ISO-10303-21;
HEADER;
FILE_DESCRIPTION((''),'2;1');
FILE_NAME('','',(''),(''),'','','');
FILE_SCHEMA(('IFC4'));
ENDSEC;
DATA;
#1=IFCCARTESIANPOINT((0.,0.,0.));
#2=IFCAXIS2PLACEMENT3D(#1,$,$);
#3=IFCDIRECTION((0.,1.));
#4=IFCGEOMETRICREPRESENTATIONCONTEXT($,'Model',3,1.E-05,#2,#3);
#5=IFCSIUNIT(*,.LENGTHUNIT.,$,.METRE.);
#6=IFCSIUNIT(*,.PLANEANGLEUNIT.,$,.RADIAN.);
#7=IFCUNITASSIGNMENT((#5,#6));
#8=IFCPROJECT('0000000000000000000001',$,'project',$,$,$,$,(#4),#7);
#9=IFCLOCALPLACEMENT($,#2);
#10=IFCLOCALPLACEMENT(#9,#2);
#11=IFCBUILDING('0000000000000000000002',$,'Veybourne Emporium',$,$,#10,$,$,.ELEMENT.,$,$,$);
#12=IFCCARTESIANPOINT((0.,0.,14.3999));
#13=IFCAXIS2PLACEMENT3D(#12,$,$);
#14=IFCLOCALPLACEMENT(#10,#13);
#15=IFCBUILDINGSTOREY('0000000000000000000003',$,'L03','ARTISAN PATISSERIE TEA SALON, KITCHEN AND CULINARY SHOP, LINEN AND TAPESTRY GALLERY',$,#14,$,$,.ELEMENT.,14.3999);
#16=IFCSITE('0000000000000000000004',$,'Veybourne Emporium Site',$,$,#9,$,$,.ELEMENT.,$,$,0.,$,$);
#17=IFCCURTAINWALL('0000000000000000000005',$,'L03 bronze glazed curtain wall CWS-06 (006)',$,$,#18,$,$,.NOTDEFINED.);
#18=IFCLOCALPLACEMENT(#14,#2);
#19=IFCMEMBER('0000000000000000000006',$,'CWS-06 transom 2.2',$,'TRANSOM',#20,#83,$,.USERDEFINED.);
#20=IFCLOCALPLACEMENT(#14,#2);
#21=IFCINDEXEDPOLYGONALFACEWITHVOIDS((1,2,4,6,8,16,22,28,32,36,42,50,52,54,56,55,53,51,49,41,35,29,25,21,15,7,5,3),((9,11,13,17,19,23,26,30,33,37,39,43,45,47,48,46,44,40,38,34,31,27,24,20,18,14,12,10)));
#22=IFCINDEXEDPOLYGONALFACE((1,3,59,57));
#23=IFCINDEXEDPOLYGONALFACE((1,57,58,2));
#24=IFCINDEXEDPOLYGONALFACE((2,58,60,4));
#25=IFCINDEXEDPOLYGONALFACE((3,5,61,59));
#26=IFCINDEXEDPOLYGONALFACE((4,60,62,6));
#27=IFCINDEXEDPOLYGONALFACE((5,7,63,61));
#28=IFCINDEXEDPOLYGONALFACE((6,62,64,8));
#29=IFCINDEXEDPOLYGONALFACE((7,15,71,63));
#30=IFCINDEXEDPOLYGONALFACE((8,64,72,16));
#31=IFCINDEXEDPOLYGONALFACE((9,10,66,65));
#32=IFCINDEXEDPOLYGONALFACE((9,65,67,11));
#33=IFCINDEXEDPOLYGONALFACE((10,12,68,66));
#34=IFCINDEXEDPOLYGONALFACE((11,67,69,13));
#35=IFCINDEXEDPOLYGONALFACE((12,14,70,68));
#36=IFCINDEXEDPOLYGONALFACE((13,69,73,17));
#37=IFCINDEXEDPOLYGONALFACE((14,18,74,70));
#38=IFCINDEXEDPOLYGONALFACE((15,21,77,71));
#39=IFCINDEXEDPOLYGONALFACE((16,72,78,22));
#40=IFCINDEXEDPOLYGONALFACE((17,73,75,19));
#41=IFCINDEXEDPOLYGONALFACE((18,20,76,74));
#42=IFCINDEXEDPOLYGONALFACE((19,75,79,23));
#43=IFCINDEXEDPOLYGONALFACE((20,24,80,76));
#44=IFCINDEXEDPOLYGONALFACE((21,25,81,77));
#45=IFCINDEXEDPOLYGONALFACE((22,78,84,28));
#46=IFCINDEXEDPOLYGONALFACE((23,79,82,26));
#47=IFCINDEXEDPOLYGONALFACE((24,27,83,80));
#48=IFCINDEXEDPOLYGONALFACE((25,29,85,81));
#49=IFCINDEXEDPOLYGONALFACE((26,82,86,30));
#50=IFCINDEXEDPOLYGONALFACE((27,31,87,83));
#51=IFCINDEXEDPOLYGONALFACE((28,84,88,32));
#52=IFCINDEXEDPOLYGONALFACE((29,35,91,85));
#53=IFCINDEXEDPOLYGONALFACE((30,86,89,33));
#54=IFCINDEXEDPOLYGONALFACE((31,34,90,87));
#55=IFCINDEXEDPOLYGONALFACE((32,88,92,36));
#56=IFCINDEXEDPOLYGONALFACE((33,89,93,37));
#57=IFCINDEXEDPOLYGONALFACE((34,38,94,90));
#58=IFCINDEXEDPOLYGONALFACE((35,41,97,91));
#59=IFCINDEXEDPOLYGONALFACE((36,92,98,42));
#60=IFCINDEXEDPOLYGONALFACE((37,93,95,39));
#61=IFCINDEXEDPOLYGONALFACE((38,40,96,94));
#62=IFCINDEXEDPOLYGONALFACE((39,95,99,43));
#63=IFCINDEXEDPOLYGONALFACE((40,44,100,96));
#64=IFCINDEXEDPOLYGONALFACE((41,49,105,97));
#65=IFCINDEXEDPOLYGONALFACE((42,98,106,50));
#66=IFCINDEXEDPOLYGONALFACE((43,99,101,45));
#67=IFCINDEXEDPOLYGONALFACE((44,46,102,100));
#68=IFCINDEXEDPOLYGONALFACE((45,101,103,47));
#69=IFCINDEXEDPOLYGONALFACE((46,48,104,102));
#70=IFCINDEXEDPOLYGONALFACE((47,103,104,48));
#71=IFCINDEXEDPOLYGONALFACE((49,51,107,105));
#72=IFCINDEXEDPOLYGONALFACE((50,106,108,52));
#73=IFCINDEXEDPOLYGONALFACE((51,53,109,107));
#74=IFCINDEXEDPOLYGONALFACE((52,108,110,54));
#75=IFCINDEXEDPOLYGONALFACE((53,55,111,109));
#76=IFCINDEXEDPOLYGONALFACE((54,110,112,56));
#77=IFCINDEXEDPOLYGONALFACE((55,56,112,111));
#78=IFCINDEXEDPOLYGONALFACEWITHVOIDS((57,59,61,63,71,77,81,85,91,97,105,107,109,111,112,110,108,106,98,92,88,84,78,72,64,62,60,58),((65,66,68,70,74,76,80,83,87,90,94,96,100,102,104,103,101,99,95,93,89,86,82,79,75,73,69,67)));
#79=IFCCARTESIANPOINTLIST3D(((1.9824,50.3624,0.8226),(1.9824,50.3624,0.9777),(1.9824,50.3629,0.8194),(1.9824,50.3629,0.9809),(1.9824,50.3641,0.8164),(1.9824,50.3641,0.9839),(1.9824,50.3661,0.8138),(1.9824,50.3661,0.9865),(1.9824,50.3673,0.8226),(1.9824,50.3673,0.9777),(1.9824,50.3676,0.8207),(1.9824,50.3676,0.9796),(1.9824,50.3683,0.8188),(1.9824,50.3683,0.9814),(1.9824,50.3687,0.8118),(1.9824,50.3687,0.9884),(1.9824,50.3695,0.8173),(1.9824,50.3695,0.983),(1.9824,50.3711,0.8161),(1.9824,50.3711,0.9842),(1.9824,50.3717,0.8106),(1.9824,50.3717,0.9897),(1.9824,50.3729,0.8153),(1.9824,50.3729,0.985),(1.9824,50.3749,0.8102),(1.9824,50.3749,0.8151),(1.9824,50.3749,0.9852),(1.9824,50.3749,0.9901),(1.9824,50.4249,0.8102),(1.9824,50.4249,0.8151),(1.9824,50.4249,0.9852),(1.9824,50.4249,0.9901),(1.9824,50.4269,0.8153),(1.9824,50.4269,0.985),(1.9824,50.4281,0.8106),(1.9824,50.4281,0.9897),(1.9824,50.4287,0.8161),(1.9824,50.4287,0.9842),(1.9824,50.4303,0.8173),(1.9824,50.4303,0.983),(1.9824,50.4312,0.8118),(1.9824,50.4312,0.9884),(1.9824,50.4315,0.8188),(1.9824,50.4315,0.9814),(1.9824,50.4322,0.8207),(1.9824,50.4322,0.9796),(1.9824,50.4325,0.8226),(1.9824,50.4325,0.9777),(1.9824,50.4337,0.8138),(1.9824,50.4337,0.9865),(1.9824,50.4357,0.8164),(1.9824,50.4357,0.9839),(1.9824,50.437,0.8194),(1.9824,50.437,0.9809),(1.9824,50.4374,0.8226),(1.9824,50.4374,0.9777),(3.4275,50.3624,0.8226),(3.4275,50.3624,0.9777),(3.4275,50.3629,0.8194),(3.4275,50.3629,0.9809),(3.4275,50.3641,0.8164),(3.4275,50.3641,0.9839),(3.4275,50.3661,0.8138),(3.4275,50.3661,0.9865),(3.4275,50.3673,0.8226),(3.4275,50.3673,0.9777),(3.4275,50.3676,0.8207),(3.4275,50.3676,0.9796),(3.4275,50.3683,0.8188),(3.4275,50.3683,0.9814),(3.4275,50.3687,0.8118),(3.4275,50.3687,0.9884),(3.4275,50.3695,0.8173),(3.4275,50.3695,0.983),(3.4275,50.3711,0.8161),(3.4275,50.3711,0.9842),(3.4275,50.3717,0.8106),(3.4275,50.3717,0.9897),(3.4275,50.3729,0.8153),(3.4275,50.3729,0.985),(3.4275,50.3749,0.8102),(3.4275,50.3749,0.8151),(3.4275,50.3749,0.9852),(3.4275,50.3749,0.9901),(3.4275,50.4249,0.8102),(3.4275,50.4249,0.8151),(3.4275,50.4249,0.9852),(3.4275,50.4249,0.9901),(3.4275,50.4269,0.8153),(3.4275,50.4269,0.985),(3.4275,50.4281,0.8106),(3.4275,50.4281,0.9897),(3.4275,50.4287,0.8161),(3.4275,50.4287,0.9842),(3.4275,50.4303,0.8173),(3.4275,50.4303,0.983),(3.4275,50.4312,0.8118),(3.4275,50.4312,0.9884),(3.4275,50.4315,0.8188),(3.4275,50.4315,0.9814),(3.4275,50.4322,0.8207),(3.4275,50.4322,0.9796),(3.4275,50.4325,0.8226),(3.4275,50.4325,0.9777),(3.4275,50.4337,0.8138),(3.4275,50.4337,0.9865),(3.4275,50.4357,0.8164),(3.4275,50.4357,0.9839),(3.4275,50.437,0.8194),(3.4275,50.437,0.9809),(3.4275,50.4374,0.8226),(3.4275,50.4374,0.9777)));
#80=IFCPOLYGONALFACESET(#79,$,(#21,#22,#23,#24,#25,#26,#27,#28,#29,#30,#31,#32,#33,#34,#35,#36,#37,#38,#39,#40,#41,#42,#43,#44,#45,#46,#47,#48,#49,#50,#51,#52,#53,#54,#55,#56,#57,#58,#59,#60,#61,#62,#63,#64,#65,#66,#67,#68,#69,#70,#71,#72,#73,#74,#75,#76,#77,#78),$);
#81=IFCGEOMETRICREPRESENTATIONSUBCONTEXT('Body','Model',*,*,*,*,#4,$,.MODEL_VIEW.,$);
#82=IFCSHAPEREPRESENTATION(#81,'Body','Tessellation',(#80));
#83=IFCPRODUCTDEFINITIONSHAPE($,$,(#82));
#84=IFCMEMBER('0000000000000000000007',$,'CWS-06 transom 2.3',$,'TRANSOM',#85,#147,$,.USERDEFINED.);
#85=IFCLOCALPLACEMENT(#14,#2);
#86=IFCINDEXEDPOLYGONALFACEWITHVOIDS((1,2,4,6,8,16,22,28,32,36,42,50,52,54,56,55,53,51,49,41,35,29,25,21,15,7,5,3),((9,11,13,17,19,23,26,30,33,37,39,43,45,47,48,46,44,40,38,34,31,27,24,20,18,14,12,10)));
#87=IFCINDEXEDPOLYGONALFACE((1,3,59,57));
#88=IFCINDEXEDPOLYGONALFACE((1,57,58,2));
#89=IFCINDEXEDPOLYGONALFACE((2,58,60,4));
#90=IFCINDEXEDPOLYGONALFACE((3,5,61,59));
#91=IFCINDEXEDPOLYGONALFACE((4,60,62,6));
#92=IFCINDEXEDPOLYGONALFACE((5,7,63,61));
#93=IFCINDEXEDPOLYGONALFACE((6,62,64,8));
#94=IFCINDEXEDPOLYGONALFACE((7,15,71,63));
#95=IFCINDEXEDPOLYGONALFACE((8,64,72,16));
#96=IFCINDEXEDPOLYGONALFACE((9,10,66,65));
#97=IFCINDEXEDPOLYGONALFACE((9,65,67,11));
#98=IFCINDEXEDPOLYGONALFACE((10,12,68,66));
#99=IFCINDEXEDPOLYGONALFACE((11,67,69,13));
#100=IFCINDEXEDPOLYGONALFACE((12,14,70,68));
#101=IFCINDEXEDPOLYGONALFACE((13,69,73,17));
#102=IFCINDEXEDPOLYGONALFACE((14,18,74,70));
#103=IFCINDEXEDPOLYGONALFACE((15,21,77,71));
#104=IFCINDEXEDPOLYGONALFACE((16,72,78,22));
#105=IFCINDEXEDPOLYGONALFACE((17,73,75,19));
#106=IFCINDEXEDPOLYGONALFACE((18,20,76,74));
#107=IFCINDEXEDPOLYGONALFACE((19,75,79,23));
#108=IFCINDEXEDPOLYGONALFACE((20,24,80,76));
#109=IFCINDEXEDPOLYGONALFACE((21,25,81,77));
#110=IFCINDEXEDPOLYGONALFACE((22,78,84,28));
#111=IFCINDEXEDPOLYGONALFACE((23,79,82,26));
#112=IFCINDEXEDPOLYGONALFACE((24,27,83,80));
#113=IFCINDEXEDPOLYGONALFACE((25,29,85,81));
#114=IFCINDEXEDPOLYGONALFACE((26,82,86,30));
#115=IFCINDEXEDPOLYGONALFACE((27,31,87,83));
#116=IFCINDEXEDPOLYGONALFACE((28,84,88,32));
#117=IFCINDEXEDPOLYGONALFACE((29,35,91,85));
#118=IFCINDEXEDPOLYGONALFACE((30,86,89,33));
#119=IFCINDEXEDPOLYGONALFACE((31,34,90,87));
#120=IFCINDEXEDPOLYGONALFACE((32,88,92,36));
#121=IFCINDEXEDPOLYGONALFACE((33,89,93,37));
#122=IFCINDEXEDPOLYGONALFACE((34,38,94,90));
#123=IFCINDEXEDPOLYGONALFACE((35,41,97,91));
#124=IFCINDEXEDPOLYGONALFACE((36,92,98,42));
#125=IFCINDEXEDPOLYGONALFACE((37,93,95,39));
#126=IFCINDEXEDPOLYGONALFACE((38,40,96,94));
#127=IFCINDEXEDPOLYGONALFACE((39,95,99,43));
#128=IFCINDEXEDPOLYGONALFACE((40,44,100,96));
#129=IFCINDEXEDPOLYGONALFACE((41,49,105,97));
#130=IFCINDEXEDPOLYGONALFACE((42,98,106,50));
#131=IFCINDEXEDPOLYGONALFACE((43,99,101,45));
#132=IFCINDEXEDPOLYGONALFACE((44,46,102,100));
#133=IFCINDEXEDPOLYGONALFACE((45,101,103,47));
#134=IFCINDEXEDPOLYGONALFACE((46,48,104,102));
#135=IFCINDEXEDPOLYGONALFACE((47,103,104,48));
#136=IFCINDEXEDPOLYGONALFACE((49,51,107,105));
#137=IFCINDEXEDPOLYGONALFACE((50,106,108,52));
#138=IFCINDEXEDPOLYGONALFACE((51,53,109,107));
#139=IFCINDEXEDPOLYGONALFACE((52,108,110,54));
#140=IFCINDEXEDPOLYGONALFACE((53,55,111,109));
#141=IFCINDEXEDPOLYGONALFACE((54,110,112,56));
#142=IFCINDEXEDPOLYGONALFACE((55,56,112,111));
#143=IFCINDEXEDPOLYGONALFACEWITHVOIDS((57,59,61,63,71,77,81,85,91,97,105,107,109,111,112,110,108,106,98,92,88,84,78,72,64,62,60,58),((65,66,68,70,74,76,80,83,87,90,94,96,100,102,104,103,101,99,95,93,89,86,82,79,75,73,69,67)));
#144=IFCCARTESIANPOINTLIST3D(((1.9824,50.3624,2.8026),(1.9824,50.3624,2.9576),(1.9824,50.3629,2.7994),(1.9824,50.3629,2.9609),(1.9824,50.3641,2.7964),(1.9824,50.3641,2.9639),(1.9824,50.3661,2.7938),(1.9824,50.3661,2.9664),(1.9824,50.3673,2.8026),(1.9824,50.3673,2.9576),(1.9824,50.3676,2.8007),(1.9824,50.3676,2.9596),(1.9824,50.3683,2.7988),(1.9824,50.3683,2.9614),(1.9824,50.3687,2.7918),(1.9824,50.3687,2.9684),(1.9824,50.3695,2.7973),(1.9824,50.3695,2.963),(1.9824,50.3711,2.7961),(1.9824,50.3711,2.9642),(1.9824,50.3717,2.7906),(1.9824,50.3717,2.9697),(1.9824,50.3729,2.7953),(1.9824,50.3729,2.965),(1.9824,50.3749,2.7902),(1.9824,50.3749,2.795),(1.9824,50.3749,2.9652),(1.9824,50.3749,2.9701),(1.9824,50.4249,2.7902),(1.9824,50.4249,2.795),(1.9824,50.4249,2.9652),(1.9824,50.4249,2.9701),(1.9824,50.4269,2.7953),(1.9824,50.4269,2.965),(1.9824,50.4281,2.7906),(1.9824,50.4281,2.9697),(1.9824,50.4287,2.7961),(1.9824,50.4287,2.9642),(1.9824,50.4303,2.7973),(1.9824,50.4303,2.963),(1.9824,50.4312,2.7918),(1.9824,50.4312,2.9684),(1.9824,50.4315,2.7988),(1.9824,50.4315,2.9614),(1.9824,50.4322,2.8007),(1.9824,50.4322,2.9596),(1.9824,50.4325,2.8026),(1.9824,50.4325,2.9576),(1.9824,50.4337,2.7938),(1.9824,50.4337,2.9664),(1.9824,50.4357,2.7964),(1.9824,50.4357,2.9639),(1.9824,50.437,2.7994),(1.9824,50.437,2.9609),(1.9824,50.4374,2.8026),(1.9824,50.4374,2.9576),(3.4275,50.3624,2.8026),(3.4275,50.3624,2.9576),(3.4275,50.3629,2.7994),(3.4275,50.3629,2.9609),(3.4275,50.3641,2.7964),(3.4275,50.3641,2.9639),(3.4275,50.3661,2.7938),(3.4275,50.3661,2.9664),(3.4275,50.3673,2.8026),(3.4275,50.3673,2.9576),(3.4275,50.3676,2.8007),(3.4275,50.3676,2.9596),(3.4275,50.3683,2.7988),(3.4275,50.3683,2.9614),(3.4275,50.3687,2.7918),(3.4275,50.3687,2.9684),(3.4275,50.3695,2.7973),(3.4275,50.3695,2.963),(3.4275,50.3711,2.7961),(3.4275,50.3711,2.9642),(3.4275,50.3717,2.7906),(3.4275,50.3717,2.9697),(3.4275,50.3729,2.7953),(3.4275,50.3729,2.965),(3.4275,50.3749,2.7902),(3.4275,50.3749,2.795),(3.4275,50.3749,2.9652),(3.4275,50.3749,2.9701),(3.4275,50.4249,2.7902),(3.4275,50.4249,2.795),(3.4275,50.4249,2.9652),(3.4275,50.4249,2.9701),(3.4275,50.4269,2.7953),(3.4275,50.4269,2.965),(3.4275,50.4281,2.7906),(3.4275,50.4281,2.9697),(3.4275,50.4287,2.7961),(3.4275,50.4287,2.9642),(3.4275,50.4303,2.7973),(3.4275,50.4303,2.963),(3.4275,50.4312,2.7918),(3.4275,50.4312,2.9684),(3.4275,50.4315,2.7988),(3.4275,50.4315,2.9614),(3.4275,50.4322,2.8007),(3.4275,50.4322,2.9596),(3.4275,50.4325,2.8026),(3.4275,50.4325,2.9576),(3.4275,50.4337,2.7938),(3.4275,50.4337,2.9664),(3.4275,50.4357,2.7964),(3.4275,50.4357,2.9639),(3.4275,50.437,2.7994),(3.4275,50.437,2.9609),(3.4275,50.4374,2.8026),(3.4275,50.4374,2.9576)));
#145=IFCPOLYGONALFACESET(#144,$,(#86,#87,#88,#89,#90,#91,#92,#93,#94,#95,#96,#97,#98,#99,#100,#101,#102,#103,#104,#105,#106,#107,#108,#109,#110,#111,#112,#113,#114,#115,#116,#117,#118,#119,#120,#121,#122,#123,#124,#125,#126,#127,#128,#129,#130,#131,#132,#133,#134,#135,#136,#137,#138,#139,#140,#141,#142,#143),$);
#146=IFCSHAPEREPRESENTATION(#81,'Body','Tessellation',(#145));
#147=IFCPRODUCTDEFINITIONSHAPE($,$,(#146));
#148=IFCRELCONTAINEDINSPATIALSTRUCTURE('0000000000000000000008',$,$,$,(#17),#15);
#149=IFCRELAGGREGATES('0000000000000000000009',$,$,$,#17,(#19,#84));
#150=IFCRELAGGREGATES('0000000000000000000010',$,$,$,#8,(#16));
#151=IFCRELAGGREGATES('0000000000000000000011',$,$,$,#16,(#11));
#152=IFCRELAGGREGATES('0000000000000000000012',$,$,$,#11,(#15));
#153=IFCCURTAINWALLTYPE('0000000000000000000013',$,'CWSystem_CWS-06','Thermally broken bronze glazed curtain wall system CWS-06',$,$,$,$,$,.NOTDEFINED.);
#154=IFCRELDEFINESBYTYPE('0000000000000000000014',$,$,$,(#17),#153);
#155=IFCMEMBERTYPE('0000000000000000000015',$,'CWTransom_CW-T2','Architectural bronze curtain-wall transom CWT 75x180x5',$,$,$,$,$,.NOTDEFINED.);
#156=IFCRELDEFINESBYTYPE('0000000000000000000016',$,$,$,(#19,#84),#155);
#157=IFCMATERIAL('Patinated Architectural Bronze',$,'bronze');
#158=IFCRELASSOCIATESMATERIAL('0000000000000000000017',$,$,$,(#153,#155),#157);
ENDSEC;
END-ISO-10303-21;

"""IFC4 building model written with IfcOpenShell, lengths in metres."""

from ifc_helpers import new_model, si_unit, direction, frame, origin, origin_2d, place, context, subcontext, project, spatial, hollow_rectangle, extrude, material, material_profile, profile_set, type_object, element, aggregate, save


model = new_model("IFC4")

# Units and contexts
model_context = context("Model", 3, precision=1e-05, world=origin(), true_north=direction((0.0, 1.0)))
body_context = subcontext(model_context, "Body", "Model", "MODEL_VIEW")
ifc_project = project(units=[si_unit("LENGTHUNIT", "METRE"), si_unit("PLANEANGLEUNIT", "RADIAN")], contexts=[model_context])

# Site, building, storey
site_placement = place(None, origin())
site = spatial("IfcSite", under=ifc_project, at=site_placement, Name="Veybourne Emporium Site", CompositionType="ELEMENT", RefElevation=0.0)
building_placement = place(site_placement, origin())
building = spatial("IfcBuilding", under=site, at=building_placement, Name="Veybourne Emporium", CompositionType="ELEMENT")
storey_placement = place(building_placement, frame((0.0, 0.0, 14.3999)))
storey = spatial("IfcBuildingStorey", under=building, at=storey_placement, Name="L03", Description="ARTISAN PATISSERIE TEA SALON, KITCHEN AND CULINARY SHOP, LINEN AND TAPESTRY GALLERY", CompositionType="ELEMENT", Elevation=14.3999)

# Curtain wall, members
ifc_material_1 = material(Name="Patinated Architectural Bronze", Category="bronze")
curtain_wall_type = type_object("IfcCurtainWallType", Name="CWSystem_CWS-06", Description="Thermally broken bronze glazed curtain wall system CWS-06", PredefinedType="NOTDEFINED", material=ifc_material_1)
curtain_wall_placement = place(storey_placement, origin())
curtain_wall = element("IfcCurtainWall", 1, at=curtain_wall_placement, inside=storey, type_object=curtain_wall_type, Name="L03 bronze glazed curtain wall CWS-06 (006)", PredefinedType="NOTDEFINED")
ifc_material_profile_1 = material_profile(ifc_material_1, hollow_rectangle(XDim=0.075, YDim=0.1799, WallThickness=0.0049, InnerFilletRadius=0.0076, OuterFilletRadius=0.0125, at=origin_2d()), Name="CWT 75x180x5")
ifc_profile_set_1 = profile_set([ifc_material_profile_1], Name="Patinated Architectural Bronze")
member_type_1 = type_object("IfcMemberType", Name="CWTransom_CW-T2", Description="Architectural bronze curtain-wall transom CWT 75x180x5", PredefinedType="NOTDEFINED", material=ifc_profile_set_1)
member_1_placement = place(storey_placement, frame((1.9824, 50.3999, 0.9001), z_axis=(1.0, 0.0, 0.0), x_axis=(0.0, 1.0, 0.0)))
member_1 = element("IfcMember", 2, at=member_1_placement, type_object=member_type_1, Name="CWS-06 transom 2.2", ObjectType="TRANSOM", PredefinedType="USERDEFINED", context=body_context, shape_type="SweptSolid", body=[
    extrude(hollow_rectangle(XDim=0.075, YDim=0.1799, WallThickness=0.0049, InnerFilletRadius=0.0076, OuterFilletRadius=0.0125, at=origin_2d()), origin(), (0.0, 0.0, 1.0), 1.4451),
])
member_2_placement = place(storey_placement, frame((1.9824, 50.3999, 2.8801), z_axis=(1.0, 0.0, 0.0), x_axis=(0.0, 1.0, 0.0)))
member_2 = element("IfcMember", 3, at=member_2_placement, type_object=member_type_1, Name="CWS-06 transom 2.3", ObjectType="TRANSOM", PredefinedType="USERDEFINED", context=body_context, shape_type="SweptSolid", body=[
    extrude(hollow_rectangle(XDim=0.075, YDim=0.1799, WallThickness=0.0049, InnerFilletRadius=0.0076, OuterFilletRadius=0.0125, at=origin_2d()), origin(), (0.0, 0.0, 1.0), 1.4451),
])
aggregate(curtain_wall, [member_1, member_2])

save(model, "model.ifc")
